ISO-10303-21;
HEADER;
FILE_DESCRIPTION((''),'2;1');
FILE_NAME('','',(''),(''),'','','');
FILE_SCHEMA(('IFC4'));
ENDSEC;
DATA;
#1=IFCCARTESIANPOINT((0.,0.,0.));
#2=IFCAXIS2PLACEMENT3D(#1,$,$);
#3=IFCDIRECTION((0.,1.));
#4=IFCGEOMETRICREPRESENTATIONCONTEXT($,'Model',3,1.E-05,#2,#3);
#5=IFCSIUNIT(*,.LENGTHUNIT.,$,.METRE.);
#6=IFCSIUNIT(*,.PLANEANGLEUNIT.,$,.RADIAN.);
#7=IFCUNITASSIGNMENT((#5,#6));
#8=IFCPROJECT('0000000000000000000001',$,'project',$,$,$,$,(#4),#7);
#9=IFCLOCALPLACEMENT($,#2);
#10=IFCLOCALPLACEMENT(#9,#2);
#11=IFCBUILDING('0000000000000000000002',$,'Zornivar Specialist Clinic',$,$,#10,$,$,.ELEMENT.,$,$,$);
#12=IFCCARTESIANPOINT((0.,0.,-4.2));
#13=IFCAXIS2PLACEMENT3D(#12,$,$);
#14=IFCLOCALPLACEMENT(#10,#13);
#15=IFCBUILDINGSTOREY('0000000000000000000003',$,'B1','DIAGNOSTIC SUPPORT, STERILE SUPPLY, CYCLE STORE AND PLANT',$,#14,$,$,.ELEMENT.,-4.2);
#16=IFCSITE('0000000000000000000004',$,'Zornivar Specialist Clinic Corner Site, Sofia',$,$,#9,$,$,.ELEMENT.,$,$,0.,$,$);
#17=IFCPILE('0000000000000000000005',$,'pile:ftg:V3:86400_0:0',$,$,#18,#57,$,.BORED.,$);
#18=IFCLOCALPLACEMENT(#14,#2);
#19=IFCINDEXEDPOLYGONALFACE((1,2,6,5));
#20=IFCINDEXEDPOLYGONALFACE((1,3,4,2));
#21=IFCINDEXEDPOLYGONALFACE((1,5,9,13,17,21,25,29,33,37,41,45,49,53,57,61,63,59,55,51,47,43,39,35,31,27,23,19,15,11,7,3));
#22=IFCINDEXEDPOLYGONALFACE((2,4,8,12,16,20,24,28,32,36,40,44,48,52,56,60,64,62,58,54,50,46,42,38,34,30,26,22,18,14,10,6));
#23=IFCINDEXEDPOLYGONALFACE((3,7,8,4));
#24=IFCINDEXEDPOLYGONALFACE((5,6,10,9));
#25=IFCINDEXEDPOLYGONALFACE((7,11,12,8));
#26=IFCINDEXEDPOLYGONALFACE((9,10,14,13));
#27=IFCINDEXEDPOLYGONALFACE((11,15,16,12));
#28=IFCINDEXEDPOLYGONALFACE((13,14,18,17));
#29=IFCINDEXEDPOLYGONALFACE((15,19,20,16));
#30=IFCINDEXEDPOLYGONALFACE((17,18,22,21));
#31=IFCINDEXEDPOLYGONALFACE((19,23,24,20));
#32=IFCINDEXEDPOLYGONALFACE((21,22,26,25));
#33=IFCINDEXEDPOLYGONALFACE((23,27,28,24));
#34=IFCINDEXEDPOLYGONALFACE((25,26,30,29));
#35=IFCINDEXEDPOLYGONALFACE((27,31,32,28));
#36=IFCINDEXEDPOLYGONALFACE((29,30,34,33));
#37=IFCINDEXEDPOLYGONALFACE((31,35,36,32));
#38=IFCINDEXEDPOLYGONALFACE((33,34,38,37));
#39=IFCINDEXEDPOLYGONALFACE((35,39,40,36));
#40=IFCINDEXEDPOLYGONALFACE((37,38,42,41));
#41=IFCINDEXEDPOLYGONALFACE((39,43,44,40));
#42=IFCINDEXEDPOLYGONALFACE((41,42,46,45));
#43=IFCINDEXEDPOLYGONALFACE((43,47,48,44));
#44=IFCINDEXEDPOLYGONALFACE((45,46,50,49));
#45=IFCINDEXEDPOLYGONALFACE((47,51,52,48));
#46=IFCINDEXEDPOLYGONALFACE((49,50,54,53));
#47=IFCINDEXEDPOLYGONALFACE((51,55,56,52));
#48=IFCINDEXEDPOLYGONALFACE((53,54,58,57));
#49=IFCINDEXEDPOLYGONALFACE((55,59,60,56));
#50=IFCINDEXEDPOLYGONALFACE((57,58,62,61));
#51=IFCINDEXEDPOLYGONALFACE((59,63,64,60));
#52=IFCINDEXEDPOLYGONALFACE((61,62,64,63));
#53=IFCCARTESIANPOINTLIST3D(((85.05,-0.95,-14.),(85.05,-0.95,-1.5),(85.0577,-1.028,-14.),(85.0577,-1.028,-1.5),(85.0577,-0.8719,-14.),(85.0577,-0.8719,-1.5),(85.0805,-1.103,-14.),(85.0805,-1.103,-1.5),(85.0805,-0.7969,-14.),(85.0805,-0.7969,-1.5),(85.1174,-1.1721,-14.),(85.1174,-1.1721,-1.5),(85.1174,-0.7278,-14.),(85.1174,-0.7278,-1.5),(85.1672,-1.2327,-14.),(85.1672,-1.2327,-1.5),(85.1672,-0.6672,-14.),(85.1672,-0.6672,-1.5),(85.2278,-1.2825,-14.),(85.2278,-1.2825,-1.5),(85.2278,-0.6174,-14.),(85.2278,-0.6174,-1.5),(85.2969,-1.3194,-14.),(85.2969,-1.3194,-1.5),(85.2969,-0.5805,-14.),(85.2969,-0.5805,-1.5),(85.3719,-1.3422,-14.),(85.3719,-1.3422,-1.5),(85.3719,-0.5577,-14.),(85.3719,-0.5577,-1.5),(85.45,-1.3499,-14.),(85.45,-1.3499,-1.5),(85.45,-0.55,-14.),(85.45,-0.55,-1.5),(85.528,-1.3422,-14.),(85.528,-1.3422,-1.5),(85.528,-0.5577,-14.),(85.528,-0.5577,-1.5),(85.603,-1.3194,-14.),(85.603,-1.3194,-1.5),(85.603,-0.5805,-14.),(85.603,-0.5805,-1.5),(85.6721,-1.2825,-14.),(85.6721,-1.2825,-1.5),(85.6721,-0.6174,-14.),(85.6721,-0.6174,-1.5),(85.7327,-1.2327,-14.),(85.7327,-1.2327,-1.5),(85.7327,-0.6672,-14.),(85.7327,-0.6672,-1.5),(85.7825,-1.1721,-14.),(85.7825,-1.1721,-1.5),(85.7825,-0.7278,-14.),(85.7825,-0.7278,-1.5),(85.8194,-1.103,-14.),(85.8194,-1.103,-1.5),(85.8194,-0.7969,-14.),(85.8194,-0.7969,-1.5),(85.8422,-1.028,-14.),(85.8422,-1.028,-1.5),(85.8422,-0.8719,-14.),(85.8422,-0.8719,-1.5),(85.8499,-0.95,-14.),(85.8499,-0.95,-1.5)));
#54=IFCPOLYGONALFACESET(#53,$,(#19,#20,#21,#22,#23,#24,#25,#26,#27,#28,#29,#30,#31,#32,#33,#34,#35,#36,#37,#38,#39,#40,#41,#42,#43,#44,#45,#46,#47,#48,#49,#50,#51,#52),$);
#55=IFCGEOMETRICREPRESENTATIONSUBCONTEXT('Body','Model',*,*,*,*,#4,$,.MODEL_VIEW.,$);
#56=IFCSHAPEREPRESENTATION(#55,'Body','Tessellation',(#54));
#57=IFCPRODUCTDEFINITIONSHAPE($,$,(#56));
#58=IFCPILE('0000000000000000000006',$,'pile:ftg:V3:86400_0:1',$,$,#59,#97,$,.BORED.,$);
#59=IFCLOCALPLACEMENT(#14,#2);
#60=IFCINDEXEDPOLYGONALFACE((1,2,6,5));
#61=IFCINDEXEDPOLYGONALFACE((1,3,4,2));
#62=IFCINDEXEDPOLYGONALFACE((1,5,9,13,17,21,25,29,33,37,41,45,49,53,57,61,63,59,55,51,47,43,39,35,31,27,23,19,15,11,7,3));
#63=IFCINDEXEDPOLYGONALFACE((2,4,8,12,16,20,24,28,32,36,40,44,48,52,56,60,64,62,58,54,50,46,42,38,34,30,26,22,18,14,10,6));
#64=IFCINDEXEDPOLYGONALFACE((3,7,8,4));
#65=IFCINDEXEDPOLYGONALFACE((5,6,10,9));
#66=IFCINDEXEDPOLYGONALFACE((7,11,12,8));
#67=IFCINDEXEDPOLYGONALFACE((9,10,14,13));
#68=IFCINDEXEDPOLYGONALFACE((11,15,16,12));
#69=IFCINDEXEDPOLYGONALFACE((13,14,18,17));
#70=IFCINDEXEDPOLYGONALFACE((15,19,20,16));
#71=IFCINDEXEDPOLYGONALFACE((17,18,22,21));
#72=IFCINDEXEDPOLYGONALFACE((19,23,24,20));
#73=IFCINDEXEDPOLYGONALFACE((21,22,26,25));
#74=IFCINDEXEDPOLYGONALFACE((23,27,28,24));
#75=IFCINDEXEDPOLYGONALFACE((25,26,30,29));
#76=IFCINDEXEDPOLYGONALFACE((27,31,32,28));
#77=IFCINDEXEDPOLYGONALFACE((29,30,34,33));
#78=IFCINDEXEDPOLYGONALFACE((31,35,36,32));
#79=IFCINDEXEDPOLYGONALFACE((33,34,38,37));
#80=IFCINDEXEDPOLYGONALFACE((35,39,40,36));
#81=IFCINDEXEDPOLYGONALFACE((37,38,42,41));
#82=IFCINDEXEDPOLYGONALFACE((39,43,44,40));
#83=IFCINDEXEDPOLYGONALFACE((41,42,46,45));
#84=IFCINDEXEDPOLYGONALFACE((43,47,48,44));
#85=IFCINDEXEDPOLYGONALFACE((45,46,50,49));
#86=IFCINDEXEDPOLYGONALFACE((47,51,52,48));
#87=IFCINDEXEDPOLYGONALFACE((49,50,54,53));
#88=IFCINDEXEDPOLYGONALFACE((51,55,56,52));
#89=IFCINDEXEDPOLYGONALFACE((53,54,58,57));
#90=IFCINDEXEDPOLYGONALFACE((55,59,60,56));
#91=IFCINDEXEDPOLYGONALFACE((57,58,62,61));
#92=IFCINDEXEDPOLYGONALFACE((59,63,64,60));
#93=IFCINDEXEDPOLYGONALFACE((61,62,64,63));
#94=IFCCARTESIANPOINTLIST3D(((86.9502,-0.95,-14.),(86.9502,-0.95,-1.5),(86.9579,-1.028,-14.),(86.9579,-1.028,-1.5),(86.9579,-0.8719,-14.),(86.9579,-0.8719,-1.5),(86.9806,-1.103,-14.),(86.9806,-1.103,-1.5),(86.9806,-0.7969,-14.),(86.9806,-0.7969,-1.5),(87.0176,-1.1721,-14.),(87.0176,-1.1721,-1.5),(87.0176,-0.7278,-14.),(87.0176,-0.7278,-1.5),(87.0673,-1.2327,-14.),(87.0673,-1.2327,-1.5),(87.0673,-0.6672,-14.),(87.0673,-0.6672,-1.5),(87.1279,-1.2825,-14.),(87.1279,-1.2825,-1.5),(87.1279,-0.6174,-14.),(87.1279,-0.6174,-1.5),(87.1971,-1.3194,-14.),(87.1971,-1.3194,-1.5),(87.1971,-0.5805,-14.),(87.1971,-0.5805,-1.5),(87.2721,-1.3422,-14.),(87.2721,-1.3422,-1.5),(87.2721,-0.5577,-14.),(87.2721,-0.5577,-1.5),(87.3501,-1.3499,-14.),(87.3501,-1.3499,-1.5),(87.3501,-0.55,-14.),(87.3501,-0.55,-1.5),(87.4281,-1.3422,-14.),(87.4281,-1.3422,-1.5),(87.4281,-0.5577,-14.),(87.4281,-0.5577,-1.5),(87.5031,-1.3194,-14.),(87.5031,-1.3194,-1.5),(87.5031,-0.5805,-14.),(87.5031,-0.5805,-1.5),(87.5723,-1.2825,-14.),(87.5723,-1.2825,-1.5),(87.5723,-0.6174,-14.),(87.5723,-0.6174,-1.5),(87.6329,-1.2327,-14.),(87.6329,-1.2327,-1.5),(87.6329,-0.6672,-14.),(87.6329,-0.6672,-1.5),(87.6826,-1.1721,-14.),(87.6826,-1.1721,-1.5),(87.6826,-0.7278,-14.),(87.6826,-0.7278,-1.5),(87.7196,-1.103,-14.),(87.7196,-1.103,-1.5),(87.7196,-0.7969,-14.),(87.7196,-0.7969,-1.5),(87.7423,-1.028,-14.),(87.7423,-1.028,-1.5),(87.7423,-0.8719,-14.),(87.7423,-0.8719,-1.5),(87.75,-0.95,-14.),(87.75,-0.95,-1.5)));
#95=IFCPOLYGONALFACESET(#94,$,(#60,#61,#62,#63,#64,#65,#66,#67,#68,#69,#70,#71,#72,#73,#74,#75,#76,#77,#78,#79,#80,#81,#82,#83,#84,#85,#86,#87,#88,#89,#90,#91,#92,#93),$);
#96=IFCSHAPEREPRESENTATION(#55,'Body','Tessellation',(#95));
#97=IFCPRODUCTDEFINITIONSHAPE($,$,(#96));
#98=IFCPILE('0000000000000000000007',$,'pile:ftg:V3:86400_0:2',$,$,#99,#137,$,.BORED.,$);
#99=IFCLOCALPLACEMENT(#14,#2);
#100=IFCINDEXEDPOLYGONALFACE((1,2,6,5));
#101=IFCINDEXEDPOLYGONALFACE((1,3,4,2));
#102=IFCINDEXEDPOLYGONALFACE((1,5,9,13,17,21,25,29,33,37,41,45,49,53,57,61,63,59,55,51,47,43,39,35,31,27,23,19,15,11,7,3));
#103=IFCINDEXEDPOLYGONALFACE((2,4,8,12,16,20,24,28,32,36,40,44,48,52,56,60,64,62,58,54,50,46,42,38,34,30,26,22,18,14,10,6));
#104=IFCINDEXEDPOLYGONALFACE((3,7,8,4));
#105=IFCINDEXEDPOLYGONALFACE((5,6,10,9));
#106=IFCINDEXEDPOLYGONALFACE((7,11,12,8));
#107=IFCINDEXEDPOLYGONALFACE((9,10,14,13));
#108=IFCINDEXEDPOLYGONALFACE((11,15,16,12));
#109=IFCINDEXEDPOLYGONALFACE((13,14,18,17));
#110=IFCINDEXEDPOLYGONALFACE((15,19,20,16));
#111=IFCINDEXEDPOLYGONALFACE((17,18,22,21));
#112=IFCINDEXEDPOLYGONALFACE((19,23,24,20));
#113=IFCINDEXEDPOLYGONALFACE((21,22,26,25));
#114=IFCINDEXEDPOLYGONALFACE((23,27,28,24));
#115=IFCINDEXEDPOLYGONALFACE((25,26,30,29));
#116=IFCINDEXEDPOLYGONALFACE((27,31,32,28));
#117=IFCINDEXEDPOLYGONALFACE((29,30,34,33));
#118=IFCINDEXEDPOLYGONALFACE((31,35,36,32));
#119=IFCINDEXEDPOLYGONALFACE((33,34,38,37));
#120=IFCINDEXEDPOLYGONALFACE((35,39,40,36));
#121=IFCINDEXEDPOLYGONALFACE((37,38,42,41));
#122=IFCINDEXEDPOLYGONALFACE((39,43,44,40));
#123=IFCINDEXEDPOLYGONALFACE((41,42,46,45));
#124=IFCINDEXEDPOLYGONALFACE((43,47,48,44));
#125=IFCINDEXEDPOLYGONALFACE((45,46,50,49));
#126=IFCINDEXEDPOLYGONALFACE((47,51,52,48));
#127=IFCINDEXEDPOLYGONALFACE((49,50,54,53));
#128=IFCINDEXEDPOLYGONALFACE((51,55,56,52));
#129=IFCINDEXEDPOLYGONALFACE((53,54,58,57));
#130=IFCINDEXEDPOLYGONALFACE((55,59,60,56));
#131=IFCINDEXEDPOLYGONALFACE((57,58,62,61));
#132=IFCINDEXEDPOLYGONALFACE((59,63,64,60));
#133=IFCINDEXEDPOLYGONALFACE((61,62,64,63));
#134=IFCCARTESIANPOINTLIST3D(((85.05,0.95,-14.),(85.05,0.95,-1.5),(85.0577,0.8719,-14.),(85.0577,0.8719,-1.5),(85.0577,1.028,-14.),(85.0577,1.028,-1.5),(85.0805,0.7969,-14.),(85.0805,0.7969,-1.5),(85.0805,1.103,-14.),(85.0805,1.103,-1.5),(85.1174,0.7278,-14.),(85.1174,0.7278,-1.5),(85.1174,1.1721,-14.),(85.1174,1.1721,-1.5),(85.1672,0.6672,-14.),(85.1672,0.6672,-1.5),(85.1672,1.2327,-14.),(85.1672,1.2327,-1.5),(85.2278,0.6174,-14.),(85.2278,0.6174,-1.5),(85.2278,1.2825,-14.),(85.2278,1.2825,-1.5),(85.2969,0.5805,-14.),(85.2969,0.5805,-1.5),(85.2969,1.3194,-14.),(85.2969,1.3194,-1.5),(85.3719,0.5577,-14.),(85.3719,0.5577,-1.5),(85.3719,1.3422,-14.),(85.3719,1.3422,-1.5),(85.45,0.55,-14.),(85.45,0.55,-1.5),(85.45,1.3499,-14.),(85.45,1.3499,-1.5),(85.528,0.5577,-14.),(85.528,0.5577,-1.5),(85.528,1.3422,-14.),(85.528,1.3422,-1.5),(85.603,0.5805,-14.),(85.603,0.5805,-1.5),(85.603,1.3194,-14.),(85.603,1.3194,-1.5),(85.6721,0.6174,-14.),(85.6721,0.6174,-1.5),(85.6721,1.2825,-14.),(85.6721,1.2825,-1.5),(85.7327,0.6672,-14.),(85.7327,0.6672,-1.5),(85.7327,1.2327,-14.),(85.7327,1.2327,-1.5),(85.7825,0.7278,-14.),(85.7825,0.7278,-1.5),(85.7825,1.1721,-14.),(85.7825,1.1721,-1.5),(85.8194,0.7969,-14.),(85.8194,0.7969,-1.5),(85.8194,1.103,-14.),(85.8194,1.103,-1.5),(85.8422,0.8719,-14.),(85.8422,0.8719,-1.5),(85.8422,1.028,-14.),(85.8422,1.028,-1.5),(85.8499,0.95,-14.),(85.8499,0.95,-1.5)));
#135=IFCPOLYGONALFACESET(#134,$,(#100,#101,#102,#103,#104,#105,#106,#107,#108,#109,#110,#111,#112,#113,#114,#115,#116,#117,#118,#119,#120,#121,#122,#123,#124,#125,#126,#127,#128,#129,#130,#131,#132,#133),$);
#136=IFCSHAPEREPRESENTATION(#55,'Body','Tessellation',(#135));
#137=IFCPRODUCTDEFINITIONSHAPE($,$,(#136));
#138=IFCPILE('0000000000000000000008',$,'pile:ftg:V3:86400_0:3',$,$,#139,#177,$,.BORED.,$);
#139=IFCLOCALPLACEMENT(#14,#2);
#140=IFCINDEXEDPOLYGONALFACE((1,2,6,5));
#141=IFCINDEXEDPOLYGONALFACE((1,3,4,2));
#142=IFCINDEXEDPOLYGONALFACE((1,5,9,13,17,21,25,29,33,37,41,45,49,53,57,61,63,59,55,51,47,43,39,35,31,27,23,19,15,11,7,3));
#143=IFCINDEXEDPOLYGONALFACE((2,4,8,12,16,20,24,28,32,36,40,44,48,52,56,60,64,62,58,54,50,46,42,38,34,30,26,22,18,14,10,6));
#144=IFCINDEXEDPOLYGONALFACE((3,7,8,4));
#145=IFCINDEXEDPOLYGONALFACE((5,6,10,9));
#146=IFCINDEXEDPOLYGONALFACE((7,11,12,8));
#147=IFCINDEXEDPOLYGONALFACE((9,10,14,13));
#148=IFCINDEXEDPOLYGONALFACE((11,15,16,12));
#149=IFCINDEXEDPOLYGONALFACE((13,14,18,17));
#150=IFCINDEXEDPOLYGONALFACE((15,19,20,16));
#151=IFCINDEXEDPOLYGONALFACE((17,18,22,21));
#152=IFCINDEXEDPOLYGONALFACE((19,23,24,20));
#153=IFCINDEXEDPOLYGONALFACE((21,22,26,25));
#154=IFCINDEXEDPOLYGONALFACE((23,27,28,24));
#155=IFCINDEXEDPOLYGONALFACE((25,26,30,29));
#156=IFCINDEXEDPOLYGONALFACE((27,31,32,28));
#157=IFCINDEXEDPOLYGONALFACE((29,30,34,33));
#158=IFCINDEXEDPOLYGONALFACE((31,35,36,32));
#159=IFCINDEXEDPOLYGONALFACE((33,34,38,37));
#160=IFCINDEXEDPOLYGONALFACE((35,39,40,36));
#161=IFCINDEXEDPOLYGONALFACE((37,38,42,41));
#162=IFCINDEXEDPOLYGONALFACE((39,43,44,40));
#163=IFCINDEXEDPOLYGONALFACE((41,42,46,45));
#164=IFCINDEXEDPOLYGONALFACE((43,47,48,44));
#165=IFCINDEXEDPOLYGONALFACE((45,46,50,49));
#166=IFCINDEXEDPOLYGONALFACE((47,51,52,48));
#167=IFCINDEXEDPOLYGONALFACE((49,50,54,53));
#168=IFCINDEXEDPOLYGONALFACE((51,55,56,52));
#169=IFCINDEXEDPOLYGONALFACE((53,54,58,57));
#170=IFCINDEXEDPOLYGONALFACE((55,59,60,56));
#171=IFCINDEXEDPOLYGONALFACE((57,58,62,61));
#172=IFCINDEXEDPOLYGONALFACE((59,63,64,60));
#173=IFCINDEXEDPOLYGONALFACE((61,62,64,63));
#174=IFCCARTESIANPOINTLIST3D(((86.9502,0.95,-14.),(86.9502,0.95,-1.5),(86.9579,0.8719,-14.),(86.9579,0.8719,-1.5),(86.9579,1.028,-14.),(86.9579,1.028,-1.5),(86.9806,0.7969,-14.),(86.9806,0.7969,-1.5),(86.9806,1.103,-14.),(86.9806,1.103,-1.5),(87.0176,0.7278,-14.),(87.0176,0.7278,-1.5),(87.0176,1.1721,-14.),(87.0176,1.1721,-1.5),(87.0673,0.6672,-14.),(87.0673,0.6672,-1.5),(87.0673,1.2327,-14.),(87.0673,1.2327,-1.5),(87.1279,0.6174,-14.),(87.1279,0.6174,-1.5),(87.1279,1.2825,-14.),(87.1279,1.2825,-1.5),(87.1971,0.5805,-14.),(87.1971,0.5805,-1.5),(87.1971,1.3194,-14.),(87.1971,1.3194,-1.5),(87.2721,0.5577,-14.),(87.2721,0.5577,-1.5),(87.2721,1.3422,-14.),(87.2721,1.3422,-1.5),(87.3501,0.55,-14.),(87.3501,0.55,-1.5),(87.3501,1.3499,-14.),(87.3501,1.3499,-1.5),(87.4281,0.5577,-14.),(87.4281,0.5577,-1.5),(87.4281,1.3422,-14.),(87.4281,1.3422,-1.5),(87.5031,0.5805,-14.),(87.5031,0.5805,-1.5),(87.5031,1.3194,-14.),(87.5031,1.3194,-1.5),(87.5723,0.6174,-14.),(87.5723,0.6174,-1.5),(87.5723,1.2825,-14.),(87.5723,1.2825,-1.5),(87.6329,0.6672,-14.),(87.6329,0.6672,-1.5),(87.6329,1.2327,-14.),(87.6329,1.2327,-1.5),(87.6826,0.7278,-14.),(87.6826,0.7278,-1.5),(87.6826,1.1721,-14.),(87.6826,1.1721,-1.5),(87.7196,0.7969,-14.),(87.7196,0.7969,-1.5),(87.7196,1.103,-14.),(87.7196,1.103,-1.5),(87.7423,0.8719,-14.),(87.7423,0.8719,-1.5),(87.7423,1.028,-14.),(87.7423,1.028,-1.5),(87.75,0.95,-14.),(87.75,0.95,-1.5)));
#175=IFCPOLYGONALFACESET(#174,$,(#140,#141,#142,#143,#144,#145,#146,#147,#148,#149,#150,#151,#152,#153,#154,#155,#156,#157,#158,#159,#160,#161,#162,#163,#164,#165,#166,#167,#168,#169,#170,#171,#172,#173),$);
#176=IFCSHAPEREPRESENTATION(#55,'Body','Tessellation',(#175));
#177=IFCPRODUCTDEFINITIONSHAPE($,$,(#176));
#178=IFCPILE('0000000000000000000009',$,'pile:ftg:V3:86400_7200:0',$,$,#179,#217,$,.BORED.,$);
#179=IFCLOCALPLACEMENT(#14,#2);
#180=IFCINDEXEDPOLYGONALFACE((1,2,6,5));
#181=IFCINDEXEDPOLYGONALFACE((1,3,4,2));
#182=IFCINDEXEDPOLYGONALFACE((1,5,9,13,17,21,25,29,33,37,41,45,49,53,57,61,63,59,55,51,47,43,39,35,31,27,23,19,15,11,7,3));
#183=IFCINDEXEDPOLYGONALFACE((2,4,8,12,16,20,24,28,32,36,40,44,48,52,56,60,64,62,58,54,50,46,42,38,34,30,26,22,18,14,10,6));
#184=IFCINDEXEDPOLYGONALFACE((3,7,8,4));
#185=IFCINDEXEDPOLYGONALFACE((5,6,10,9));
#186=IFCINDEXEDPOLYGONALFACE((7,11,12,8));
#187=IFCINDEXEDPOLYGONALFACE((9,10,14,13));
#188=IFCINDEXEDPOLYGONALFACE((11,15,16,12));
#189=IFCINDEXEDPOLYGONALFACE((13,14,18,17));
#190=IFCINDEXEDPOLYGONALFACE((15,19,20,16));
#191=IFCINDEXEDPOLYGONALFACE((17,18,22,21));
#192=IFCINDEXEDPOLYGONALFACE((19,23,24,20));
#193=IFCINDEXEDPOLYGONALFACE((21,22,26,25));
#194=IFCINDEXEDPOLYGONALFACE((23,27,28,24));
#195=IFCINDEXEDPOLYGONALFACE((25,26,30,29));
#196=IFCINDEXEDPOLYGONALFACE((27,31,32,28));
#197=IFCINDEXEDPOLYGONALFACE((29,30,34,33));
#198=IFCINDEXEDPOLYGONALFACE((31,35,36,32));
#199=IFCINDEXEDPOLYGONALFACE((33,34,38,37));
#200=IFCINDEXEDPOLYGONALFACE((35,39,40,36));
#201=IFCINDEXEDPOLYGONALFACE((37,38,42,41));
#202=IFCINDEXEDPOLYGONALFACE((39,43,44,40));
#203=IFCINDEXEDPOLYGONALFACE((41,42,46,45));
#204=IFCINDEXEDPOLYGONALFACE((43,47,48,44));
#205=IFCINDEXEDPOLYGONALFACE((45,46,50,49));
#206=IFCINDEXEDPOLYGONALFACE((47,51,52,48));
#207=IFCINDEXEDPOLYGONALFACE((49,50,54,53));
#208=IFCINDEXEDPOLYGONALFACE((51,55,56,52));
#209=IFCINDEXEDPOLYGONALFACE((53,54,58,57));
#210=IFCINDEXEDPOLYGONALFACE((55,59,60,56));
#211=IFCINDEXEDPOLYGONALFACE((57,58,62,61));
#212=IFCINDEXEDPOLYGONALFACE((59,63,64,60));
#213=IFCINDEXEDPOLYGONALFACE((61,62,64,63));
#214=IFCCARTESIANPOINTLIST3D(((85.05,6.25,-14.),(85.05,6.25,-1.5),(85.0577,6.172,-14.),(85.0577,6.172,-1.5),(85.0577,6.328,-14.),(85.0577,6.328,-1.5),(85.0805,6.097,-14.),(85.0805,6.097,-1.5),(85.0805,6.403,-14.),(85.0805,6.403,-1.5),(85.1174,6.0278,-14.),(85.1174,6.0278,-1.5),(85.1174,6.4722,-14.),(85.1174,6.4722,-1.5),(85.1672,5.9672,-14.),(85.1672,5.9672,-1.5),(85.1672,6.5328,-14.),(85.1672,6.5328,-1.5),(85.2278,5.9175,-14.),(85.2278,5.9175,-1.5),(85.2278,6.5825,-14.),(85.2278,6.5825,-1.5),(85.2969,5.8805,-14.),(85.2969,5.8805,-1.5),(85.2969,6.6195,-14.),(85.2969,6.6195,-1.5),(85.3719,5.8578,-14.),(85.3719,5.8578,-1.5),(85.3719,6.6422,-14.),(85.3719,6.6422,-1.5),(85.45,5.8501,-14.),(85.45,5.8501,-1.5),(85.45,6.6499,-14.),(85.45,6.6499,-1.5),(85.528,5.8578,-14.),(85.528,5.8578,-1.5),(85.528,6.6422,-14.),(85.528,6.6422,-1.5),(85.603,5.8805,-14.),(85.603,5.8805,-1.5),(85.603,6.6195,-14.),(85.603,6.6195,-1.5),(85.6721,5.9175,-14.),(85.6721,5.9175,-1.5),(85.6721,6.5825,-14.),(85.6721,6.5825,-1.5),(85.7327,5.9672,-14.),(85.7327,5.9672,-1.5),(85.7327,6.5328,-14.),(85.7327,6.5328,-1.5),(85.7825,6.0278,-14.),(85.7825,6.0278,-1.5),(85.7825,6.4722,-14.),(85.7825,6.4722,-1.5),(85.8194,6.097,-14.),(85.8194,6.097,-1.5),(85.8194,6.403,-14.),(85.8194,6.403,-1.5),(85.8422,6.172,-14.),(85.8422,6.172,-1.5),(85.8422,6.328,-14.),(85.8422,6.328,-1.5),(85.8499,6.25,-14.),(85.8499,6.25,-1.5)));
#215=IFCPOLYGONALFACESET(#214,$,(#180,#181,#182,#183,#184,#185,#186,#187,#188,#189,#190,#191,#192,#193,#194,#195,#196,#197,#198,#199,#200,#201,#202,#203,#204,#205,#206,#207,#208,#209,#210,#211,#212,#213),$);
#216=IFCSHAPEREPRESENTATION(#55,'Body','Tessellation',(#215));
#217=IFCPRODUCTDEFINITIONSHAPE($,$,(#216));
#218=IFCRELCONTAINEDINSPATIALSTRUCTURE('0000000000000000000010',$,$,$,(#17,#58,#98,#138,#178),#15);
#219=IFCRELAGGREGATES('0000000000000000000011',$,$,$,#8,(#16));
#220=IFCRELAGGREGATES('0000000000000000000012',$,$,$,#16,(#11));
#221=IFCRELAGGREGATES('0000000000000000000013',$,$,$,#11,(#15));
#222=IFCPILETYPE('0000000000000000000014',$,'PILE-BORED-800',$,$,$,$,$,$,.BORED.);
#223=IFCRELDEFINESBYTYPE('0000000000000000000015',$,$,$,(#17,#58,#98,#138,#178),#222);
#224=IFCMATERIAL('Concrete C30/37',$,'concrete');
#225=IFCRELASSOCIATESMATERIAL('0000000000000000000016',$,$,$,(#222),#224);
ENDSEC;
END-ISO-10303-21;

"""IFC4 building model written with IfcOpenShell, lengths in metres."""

from ifc_helpers import new_model, si_unit, direction, frame, origin, origin_2d, place, context, subcontext, project, spatial, circle, extrude, material, material_profile, profile_set, type_object, element, save


model = new_model("IFC4")

# Units and contexts
model_context = context("Model", 3, precision=1e-05, world=origin(), true_north=direction((0.0, 1.0)))
body_context = subcontext(model_context, "Body", "Model", "MODEL_VIEW")
ifc_project = project(units=[si_unit("LENGTHUNIT", "METRE"), si_unit("PLANEANGLEUNIT", "RADIAN")], contexts=[model_context])

# Site, building, storey
site_placement = place(None, origin())
site = spatial("IfcSite", under=ifc_project, at=site_placement, Name="Zornivar Specialist Clinic Corner Site, Sofia", CompositionType="ELEMENT", RefElevation=0.0)
building_placement = place(site_placement, origin())
building = spatial("IfcBuilding", under=site, at=building_placement, Name="Zornivar Specialist Clinic", CompositionType="ELEMENT")
storey_placement = place(building_placement, frame((0.0, 0.0, -4.2)))
storey = spatial("IfcBuildingStorey", under=building, at=storey_placement, Name="B1", Description="DIAGNOSTIC SUPPORT, STERILE SUPPLY, CYCLE STORE AND PLANT", CompositionType="ELEMENT", Elevation=-4.2)

# Piles
ifc_material_1 = material(Name="Concrete C30/37", Category="concrete")
ifc_material_profile_1 = material_profile(ifc_material_1, circle(Radius=0.3999, at=origin_2d()), Name="PILE D800")
ifc_profile_set_1 = profile_set([ifc_material_profile_1], Name="Concrete C30/37")
pile_type = type_object("IfcPileType", Name="PILE-BORED-800", PredefinedType="BORED", material=ifc_profile_set_1)
for number, where, z_axis, x_axis, name in (
    (1, (85.45, -0.95, -1.5), (0.0, 0.0, -1.0), (1.0, 0.0, 0.0), "pile:ftg:V3:86400_0:0"),
    (2, (87.3501, -0.95, -1.5), (0.0, 0.0, -1.0), (1.0, 0.0, 0.0), "pile:ftg:V3:86400_0:1"),
    (3, (85.45, 0.95, -1.5), (0.0, 0.0, -1.0), (1.0, 0.0, 0.0), "pile:ftg:V3:86400_0:2"),
    (4, (87.3501, 0.95, -1.5), (0.0, 0.0, -1.0), (1.0, 0.0, 0.0), "pile:ftg:V3:86400_0:3"),
    (5, (85.45, 6.25, -1.5), (0.0, 0.0, -1.0), (1.0, 0.0, 0.0), "pile:ftg:V3:86400_7200:0"),
):
    element("IfcPile", number, at=place(storey_placement, frame(where, z_axis=z_axis, x_axis=x_axis)), inside=storey, type_object=pile_type, Name=name, PredefinedType="BORED", context=body_context, shape_type="SweptSolid", body=[
        extrude(circle(Radius=0.3999, at=origin_2d()), origin(), (0.0, 0.0, 1.0), 12.5),
    ])

save(model, "model.ifc")
